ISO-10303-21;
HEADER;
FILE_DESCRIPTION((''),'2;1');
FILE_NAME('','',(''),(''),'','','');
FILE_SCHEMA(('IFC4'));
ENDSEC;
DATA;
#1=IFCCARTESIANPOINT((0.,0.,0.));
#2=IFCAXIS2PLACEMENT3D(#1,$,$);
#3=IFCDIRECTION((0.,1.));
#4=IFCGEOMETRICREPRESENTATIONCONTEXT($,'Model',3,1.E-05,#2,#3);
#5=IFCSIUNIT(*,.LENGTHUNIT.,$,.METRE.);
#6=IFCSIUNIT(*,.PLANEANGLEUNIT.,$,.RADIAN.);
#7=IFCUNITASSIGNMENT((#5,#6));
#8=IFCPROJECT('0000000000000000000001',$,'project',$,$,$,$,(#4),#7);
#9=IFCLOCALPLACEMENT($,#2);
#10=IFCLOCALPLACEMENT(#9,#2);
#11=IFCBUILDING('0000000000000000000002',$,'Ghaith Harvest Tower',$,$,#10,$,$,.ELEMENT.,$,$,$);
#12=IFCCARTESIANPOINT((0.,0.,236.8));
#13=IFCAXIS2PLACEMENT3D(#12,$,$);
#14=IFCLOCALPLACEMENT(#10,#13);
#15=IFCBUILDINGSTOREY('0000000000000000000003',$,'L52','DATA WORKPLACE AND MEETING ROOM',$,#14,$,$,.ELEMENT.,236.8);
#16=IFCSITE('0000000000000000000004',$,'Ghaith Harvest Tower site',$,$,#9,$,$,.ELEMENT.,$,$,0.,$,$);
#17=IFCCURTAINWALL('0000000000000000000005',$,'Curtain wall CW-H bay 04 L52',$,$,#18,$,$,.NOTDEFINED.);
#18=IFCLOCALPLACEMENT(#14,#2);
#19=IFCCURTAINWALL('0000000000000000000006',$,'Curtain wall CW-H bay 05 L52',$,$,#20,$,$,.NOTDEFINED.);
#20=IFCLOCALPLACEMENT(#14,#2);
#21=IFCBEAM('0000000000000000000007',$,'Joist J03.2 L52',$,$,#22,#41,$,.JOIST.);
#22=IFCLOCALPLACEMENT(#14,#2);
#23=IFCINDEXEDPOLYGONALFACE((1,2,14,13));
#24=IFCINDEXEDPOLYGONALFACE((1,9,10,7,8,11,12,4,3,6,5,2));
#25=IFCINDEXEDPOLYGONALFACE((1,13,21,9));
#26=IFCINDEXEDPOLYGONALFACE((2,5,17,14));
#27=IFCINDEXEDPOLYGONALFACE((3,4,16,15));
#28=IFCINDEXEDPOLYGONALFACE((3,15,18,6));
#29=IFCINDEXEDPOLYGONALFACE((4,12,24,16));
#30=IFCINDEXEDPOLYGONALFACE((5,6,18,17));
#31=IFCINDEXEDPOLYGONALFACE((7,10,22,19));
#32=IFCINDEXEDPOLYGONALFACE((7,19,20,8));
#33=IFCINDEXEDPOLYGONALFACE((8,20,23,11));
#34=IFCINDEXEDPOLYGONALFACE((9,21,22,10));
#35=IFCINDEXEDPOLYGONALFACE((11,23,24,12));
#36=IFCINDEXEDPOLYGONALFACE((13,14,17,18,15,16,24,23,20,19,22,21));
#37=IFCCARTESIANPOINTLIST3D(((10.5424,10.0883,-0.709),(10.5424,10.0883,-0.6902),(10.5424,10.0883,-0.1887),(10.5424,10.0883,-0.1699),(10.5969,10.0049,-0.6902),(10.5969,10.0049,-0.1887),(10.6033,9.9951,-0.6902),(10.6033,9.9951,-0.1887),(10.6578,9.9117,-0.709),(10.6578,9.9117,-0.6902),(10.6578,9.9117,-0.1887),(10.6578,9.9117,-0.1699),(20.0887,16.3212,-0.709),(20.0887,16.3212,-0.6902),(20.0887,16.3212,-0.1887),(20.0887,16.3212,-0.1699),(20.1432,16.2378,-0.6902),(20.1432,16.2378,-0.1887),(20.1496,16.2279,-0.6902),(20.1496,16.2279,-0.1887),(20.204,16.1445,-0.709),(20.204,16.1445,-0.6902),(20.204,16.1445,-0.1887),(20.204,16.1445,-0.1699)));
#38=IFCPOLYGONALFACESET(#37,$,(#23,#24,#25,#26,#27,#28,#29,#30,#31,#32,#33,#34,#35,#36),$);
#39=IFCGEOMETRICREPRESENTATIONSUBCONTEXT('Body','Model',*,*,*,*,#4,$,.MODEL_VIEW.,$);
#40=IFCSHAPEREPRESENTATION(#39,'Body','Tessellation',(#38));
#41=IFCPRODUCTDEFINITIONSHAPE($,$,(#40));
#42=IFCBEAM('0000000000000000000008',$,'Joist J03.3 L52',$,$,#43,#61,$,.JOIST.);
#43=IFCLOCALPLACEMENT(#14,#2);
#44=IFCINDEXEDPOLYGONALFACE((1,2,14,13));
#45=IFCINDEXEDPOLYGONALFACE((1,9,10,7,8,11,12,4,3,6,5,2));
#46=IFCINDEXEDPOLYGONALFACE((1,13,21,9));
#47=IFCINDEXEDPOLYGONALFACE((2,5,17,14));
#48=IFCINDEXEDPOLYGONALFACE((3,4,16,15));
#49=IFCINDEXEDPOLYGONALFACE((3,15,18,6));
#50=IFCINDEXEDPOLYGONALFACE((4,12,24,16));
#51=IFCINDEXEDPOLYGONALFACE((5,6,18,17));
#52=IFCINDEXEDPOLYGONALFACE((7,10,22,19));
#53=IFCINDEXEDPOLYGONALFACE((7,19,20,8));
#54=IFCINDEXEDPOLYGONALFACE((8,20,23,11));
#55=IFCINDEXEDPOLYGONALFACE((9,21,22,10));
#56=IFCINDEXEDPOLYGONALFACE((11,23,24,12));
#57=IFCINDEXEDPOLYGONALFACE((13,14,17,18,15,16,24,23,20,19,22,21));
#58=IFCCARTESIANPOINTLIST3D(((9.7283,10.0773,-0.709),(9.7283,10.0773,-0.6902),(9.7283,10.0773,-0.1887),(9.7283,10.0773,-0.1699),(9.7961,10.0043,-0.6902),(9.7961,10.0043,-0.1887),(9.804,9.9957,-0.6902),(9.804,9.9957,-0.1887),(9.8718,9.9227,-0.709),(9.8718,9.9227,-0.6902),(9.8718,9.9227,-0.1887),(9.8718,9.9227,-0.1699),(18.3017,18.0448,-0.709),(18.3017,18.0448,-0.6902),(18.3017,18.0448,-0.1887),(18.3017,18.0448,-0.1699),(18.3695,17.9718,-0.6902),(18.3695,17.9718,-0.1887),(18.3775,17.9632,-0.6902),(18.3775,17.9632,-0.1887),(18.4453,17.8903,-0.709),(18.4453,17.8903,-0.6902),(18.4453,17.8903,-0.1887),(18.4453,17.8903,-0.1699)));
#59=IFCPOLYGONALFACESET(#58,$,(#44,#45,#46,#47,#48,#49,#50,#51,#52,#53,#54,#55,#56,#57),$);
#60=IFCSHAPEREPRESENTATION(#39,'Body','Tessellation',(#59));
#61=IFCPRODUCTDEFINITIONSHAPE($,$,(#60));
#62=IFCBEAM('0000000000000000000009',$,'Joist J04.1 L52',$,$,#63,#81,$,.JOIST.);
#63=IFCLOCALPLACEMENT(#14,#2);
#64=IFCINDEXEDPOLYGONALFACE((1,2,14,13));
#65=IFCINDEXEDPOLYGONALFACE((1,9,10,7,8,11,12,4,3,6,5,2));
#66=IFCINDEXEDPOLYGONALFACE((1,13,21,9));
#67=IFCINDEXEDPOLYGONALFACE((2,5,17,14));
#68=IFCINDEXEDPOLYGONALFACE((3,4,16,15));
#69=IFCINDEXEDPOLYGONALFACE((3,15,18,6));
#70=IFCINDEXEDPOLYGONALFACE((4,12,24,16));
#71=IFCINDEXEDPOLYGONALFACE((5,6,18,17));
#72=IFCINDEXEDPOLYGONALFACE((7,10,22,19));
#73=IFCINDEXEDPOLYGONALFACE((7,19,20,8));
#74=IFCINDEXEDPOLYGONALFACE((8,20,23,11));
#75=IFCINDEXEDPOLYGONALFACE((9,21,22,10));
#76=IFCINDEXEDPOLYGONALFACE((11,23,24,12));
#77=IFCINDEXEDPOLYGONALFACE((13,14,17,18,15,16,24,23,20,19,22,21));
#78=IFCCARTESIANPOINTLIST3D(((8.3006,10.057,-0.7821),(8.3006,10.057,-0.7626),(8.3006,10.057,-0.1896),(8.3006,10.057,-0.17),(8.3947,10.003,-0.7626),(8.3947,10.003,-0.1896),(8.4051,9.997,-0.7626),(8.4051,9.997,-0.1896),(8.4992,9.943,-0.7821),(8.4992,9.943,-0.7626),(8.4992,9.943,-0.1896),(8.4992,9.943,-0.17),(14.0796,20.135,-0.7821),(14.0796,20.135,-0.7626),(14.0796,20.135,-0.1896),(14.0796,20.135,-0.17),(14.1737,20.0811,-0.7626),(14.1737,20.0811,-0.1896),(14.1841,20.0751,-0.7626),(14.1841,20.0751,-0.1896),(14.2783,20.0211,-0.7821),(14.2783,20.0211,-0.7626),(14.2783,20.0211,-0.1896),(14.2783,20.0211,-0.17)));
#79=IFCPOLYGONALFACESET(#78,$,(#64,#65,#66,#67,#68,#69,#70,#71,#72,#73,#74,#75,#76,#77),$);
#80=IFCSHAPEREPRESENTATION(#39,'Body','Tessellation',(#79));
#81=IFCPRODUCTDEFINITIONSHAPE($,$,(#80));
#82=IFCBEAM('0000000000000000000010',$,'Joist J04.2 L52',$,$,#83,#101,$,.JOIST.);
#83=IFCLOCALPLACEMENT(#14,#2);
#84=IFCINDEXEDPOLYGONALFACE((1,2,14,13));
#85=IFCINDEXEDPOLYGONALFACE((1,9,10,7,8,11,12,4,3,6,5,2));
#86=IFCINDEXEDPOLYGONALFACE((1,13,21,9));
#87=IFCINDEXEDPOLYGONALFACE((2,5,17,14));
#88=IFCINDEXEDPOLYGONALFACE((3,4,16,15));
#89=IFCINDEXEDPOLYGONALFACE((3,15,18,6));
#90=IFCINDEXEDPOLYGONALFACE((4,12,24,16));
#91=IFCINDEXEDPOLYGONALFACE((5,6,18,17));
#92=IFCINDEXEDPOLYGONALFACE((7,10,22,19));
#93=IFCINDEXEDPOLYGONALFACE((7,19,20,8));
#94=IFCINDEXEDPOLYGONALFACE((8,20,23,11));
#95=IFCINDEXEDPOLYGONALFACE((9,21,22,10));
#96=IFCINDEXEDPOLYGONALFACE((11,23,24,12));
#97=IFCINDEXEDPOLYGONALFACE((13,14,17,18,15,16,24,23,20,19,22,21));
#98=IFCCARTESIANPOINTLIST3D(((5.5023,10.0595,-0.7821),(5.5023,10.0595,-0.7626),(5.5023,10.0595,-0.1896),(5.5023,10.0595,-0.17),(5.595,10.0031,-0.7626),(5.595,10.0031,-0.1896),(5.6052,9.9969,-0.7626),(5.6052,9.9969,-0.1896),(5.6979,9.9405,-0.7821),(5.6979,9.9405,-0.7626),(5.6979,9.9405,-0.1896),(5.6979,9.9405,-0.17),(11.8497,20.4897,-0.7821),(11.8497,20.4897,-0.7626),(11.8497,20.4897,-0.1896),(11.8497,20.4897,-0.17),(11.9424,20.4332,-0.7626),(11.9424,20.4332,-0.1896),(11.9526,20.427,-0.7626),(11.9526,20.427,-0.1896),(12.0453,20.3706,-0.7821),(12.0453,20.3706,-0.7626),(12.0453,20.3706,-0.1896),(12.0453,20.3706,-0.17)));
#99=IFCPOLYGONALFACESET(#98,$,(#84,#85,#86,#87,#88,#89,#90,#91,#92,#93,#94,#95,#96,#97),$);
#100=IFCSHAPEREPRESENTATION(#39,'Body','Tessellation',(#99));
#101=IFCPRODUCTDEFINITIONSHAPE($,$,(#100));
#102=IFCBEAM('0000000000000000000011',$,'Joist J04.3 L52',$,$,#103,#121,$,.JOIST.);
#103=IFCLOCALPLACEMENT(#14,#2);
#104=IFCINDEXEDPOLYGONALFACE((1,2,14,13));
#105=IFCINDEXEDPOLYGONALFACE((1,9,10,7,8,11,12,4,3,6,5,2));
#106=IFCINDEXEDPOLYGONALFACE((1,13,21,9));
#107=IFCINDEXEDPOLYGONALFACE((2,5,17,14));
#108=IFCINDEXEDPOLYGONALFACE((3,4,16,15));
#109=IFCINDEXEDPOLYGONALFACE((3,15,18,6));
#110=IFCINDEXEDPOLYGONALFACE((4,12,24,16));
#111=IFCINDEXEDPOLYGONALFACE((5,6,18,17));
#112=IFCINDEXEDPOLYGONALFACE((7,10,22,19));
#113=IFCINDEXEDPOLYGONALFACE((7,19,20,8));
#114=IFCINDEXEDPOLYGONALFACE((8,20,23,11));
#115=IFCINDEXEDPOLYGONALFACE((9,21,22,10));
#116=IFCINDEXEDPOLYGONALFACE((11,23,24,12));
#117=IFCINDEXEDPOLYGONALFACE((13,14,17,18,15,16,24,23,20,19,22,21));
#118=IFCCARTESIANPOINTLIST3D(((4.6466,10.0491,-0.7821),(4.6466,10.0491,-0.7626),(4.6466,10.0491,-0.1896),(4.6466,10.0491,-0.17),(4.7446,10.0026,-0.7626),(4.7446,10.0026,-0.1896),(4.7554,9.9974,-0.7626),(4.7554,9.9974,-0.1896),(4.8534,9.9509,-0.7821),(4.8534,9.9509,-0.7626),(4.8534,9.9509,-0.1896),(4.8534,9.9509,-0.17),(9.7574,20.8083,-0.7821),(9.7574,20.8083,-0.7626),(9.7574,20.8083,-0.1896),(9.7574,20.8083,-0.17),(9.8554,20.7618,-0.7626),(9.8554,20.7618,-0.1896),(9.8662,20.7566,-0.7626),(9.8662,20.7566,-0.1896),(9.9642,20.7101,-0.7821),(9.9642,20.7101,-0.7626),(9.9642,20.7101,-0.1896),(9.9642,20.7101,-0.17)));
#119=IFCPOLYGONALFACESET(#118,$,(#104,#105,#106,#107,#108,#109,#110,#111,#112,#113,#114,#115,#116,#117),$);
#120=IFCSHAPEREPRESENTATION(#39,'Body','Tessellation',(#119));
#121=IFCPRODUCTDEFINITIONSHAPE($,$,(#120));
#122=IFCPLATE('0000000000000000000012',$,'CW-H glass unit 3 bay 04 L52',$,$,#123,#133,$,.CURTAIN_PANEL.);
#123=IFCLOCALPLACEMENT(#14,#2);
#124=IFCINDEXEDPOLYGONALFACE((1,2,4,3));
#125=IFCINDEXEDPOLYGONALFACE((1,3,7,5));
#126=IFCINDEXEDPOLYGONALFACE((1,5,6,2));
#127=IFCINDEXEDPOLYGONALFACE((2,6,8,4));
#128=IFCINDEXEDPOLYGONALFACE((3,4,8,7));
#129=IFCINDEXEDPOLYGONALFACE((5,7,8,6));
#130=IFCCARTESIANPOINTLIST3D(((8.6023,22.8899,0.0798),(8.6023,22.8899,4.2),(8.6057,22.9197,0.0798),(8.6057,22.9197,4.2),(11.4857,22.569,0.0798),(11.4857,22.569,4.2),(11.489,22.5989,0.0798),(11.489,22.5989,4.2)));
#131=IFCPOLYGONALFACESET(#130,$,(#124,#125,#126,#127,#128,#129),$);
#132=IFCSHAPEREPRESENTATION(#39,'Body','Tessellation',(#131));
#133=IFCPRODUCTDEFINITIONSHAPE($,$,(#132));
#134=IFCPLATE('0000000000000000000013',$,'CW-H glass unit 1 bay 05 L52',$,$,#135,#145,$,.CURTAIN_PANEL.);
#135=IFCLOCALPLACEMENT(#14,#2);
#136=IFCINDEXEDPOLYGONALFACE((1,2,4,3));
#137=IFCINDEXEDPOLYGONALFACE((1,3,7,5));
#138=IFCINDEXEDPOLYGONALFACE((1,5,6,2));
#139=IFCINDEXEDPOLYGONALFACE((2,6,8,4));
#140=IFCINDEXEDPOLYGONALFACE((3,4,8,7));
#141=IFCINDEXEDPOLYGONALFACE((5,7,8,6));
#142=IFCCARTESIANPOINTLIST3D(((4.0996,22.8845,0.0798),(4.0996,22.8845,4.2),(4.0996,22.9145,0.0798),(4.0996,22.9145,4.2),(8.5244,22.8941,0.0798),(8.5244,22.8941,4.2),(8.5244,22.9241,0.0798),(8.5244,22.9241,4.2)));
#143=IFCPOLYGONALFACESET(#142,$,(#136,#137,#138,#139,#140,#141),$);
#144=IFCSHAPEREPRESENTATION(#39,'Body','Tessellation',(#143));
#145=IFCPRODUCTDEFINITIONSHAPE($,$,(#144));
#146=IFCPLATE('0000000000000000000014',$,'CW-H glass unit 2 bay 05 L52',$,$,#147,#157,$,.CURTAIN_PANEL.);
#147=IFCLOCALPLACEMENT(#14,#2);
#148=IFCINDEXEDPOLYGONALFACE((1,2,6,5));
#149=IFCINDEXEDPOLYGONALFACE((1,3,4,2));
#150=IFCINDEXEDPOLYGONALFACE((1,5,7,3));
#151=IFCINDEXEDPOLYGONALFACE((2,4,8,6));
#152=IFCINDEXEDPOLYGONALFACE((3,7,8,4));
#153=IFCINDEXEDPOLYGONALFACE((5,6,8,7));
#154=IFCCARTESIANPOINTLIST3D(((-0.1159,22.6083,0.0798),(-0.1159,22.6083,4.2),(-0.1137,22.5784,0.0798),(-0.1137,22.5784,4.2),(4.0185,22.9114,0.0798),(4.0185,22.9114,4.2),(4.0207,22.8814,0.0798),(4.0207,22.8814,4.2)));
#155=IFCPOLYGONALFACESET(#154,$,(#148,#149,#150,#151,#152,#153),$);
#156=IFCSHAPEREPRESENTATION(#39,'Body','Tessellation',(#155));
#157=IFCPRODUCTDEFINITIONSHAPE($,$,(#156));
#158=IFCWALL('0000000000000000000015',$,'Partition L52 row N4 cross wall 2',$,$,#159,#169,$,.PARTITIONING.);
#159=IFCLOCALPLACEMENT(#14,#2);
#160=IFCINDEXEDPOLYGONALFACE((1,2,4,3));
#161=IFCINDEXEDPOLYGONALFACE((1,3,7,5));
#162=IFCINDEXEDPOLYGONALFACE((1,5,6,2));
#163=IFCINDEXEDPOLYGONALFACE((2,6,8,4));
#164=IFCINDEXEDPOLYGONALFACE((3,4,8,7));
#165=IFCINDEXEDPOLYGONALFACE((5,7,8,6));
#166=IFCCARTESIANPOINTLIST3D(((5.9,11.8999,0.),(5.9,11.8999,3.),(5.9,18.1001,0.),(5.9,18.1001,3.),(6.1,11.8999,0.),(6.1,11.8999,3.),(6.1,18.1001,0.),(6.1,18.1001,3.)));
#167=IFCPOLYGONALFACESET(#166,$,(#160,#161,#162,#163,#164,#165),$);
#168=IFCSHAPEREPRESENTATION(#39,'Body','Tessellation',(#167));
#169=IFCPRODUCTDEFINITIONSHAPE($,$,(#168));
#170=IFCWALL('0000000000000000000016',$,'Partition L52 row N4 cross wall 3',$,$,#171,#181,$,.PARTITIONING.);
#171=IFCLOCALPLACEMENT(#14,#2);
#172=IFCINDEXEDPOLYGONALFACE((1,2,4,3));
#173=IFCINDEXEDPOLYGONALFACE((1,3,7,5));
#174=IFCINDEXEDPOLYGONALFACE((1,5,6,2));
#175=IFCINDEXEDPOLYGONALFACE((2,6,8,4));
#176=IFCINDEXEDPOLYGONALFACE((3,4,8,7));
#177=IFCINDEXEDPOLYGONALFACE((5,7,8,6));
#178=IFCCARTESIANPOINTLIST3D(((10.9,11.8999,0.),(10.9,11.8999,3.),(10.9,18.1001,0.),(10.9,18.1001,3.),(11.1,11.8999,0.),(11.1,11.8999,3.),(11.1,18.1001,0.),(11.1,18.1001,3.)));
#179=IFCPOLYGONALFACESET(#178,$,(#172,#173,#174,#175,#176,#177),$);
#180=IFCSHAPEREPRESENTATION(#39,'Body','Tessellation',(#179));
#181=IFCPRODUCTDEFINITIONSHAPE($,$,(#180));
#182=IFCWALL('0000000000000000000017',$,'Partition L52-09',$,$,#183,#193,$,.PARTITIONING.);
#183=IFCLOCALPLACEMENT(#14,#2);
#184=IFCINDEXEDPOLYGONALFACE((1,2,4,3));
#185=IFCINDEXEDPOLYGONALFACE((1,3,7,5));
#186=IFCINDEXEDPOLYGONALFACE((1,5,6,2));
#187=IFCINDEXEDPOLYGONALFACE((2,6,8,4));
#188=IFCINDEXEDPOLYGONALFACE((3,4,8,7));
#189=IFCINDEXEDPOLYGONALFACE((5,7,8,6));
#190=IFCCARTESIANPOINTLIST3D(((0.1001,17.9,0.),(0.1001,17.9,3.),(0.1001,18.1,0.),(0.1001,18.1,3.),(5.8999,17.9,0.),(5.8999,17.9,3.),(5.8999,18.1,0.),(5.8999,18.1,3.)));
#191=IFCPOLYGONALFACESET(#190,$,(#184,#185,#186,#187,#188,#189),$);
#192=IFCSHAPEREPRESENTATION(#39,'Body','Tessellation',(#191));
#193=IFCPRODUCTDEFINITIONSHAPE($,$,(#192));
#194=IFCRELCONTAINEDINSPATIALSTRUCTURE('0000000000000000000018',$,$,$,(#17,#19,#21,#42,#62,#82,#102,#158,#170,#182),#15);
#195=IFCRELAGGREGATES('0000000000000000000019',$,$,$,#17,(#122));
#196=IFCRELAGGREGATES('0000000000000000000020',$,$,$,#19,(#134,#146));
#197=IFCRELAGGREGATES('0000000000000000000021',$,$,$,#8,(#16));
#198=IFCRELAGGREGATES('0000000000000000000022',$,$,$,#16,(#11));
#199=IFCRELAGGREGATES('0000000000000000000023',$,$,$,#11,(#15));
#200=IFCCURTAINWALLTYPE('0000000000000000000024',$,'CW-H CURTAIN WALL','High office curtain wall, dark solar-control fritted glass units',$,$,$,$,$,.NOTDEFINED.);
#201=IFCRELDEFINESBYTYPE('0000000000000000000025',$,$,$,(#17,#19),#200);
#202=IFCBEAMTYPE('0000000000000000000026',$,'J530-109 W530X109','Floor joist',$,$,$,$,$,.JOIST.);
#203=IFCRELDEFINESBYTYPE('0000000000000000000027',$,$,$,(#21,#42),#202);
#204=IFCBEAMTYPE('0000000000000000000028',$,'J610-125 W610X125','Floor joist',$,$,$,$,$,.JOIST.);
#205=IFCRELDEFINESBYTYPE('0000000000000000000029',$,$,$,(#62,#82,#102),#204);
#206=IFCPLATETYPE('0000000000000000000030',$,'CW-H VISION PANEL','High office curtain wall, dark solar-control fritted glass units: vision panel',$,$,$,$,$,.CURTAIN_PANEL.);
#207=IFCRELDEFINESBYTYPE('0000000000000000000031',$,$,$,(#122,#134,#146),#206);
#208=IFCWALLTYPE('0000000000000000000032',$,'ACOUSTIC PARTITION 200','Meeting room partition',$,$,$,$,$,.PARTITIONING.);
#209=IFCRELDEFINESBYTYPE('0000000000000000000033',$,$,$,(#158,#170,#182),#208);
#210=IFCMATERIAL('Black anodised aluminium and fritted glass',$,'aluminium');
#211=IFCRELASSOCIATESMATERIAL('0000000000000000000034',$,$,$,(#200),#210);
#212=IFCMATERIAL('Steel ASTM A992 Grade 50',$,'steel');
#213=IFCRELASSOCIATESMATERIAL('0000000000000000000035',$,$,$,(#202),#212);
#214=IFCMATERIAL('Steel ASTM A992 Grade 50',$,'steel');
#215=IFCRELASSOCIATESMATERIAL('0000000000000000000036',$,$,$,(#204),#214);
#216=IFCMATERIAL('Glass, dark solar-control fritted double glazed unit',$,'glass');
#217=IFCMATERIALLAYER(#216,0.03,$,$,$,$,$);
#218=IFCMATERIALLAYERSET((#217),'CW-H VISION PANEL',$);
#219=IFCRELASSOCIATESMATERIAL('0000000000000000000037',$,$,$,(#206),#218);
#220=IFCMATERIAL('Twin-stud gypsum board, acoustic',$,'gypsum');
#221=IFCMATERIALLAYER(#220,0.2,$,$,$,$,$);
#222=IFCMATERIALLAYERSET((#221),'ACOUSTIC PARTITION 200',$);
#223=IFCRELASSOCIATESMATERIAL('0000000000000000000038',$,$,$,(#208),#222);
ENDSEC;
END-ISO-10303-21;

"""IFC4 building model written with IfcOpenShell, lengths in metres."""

from ifc_helpers import new_model, si_unit, direction, frame, frame_2d, origin, origin_2d, place, context, subcontext, project, spatial, rectangle, i_section, extrude, material, layer, layer_set, material_profile, profile_set, type_object, element, aggregate, save


model = new_model("IFC4")

# Units and contexts
model_context = context("Model", 3, precision=1e-05, world=origin(), true_north=direction((0.0, 1.0)))
body_context = subcontext(model_context, "Body", "Model", "MODEL_VIEW")
ifc_project = project(units=[si_unit("LENGTHUNIT", "METRE"), si_unit("PLANEANGLEUNIT", "RADIAN")], contexts=[model_context])

# Site, building, storey
site_placement = place(None, origin())
site = spatial("IfcSite", under=ifc_project, at=site_placement, Name="Ghaith Harvest Tower site", CompositionType="ELEMENT", RefElevation=0.0)
building_placement = place(site_placement, origin())
building = spatial("IfcBuilding", under=site, at=building_placement, Name="Ghaith Harvest Tower", CompositionType="ELEMENT")
storey_placement = place(building_placement, frame((0.0, 0.0, 236.8)))
storey = spatial("IfcBuildingStorey", under=building, at=storey_placement, Name="L52", Description="DATA WORKPLACE AND MEETING ROOM", CompositionType="ELEMENT", Elevation=236.8)

# Curtain wall
ifc_material_1 = material(Name="Black anodised aluminium and fritted glass", Category="aluminium")
curtain_wall_type = type_object("IfcCurtainWallType", Name="CW-H CURTAIN WALL", Description="High office curtain wall, dark solar-control fritted glass units", PredefinedType="NOTDEFINED", material=ifc_material_1)
curtain_wall_1_placement = place(storey_placement, origin())
curtain_wall_1 = element("IfcCurtainWall", 1, at=curtain_wall_1_placement, inside=storey, type_object=curtain_wall_type, Name="Curtain wall CW-H bay 04 L52", PredefinedType="NOTDEFINED")

# Curtain wall
curtain_wall_2_placement = place(storey_placement, origin())
curtain_wall_2 = element("IfcCurtainWall", 2, at=curtain_wall_2_placement, inside=storey, type_object=curtain_wall_type, Name="Curtain wall CW-H bay 05 L52", PredefinedType="NOTDEFINED")

# Beams
ifc_material_2 = material(Name="Steel ASTM A992 Grade 50", Category="steel")
ifc_material_profile_1 = material_profile(ifc_material_2, i_section(OverallWidth=0.2109, OverallDepth=0.5391, WebThickness=0.0117, FlangeThickness=0.0188, at=origin_2d()), Name="W530X109")
ifc_profile_set_1 = profile_set([ifc_material_profile_1], Name="Steel ASTM A992 Grade 50")
beam_type_1 = type_object("IfcBeamType", Name="J530-109 W530X109", Description="Floor joist", PredefinedType="JOIST", material=ifc_profile_set_1)
beam_1_placement = place(storey_placement, frame((10.6001, 10.0, -0.4395), z_axis=(0.837329, 0.546699, 0.0), x_axis=(-0.546699, 0.837329, 0.0)))
element("IfcBeam", 3, at=beam_1_placement, inside=storey, type_object=beam_type_1, Name="Joist J03.2 L52", PredefinedType="JOIST", context=body_context, shape_type="SweptSolid", body=[
    extrude(i_section(OverallWidth=0.2109, OverallDepth=0.5391, WebThickness=0.0117, FlangeThickness=0.0188, at=origin_2d()), origin(), (0.0, 0.0, 1.0), 11.4009),
])
beam_2_placement = place(storey_placement, frame((9.8, 10.0, -0.4395), z_axis=(0.732519, 0.680746, 0.0), x_axis=(-0.680746, 0.732519, 0.0)))
element("IfcBeam", 4, at=beam_2_placement, inside=storey, type_object=beam_type_1, Name="Joist J03.3 L52", PredefinedType="JOIST", context=body_context, shape_type="SweptSolid", body=[
    extrude(i_section(OverallWidth=0.2109, OverallDepth=0.5391, WebThickness=0.0117, FlangeThickness=0.0188, at=origin_2d()), origin(), (0.0, 0.0, 1.0), 11.7041),
])
ifc_material_3 = material(Name="Steel ASTM A992 Grade 50", Category="steel")
ifc_material_profile_2 = material_profile(ifc_material_3, i_section(OverallWidth=0.229, OverallDepth=0.6121, WebThickness=0.012, FlangeThickness=0.0195, at=origin_2d()), Name="W610X125")
ifc_profile_set_2 = profile_set([ifc_material_profile_2], Name="Steel ASTM A992 Grade 50")
beam_type_2 = type_object("IfcBeamType", Name="J610-125 W610X125", Description="Floor joist", PredefinedType="JOIST", material=ifc_profile_set_2)
beam_3_placement = place(storey_placement, frame((8.3999, 10.0, -0.4761), z_axis=(0.497444, 0.867496, 0.0), x_axis=(-0.867496, 0.497444, 0.0)))
element("IfcBeam", 5, at=beam_3_placement, inside=storey, type_object=beam_type_2, Name="Joist J04.1 L52", PredefinedType="JOIST", context=body_context, shape_type="SweptSolid", body=[
    extrude(i_section(OverallWidth=0.229, OverallDepth=0.6121, WebThickness=0.012, FlangeThickness=0.0195, at=origin_2d()), origin(), (0.0, 0.0, 1.0), 11.6174),
])
beam_4_placement = place(storey_placement, frame((5.6001, 10.0, -0.4761), z_axis=(0.519864, 0.854249, 0.0), x_axis=(-0.854249, 0.519864, 0.0)))
element("IfcBeam", 6, at=beam_4_placement, inside=storey, type_object=beam_type_2, Name="Joist J04.2 L52", PredefinedType="JOIST", context=body_context, shape_type="SweptSolid", body=[
    extrude(i_section(OverallWidth=0.229, OverallDepth=0.6121, WebThickness=0.012, FlangeThickness=0.0195, at=origin_2d()), origin(), (0.0, 0.0, 1.0), 12.2097),
])
beam_5_placement = place(storey_placement, frame((4.75, 10.0, -0.4761), z_axis=(0.429069, 0.903272, 0.0), x_axis=(-0.903272, 0.429069, 0.0)))
element("IfcBeam", 7, at=beam_5_placement, inside=storey, type_object=beam_type_2, Name="Joist J04.3 L52", PredefinedType="JOIST", context=body_context, shape_type="SweptSolid", body=[
    extrude(i_section(OverallWidth=0.229, OverallDepth=0.6121, WebThickness=0.012, FlangeThickness=0.0195, at=origin_2d()), origin(), (0.0, 0.0, 1.0), 11.9114),
])

# Plates
ifc_material_4 = material(Name="Glass, dark solar-control fritted double glazed unit", Category="glass")
ifc_layer_1 = layer(ifc_material_4, 0.03)
ifc_layer_set_1 = layer_set([ifc_layer_1], Name="CW-H VISION PANEL")
plate_type = type_object("IfcPlateType", Name="CW-H VISION PANEL", Description="High office curtain wall, dark solar-control fritted glass units: vision panel", PredefinedType="CURTAIN_PANEL", material=ifc_layer_set_1)
plate_1_placement = place(storey_placement, frame((10.0457, 22.7444, 0.0798), z_axis=(0.0, 0.0, 1.0), x_axis=(-0.993865, 0.110598, 0.0)))
plate_1 = element("IfcPlate", 8, at=plate_1_placement, type_object=plate_type, Name="CW-H glass unit 3 bay 04 L52", PredefinedType="CURTAIN_PANEL", context=body_context, shape_type="SweptSolid", body=[
    extrude(rectangle(XDim=2.9011, YDim=0.03, at=origin_2d()), origin(), (0.0, 0.0, 1.0), 4.1201),
])
aggregate(curtain_wall_1, [plate_1])
plate_2_placement = place(storey_placement, frame((6.312, 22.9043, 0.0798), z_axis=(0.0, 0.0, 1.0), x_axis=(-0.999998, -0.002171, 0.0)))
plate_2 = element("IfcPlate", 9, at=plate_2_placement, type_object=plate_type, Name="CW-H glass unit 1 bay 05 L52", PredefinedType="CURTAIN_PANEL", context=body_context, shape_type="SweptSolid", body=[
    extrude(rectangle(XDim=4.4248, YDim=0.03, at=origin_2d()), origin(), (0.0, 0.0, 1.0), 4.1201),
])
plate_3_placement = place(storey_placement, frame((1.9524, 22.7449, 0.0798), z_axis=(0.0, 0.0, 1.0), x_axis=(-0.997325, -0.073101, 0.0)))
plate_3 = element("IfcPlate", 10, at=plate_3_placement, type_object=plate_type, Name="CW-H glass unit 2 bay 05 L52", PredefinedType="CURTAIN_PANEL", context=body_context, shape_type="SweptSolid", body=[
    extrude(rectangle(XDim=4.1455, YDim=0.03, at=origin_2d()), origin(), (0.0, 0.0, 1.0), 4.1201),
])
aggregate(curtain_wall_2, [plate_2, plate_3])

# Walls
ifc_material_5 = material(Name="Twin-stud gypsum board, acoustic", Category="gypsum")
ifc_layer_2 = layer(ifc_material_5, 0.2)
ifc_layer_set_2 = layer_set([ifc_layer_2], Name="ACOUSTIC PARTITION 200")
wall_type_1 = type_object("IfcWallType", Name="ACOUSTIC PARTITION 200", Description="Meeting room partition", PredefinedType="PARTITIONING", material=ifc_layer_set_2)
for number, where, z_axis, x_axis, name in (
    (11, (6.0, 11.8999, 0.0), (0.0, 0.0, 1.0), (0.0, 1.0, 0.0), "Partition L52 row N4 cross wall 2"),
    (12, (11.0, 11.8999, 0.0), (0.0, 0.0, 1.0), (0.0, 1.0, 0.0), "Partition L52 row N4 cross wall 3"),
):
    element("IfcWall", number, at=place(storey_placement, frame(where, z_axis=z_axis, x_axis=x_axis)), inside=storey, type_object=wall_type_1, Name=name, PredefinedType="PARTITIONING", context=body_context, shape_type="SweptSolid", body=[
        extrude(rectangle(XDim=6.2002, YDim=0.2, at=frame_2d((3.1001, 0.0))), origin(), (0.0, 0.0, 1.0), 3.0),
    ])

# Wall
wall_1_placement = place(storey_placement, frame((0.1001, 18.0, 0.0), z_axis=(0.0, 0.0, 1.0), x_axis=(1.0, 0.0, 0.0)))
element("IfcWall", 13, at=wall_1_placement, inside=storey, type_object=wall_type_1, Name="Partition L52-09", PredefinedType="PARTITIONING", context=body_context, shape_type="SweptSolid", body=[
    extrude(rectangle(XDim=5.7998, YDim=0.2, at=frame_2d((2.8999, 0.0))), origin(), (0.0, 0.0, 1.0), 3.0),
])

save(model, "model.ifc")
